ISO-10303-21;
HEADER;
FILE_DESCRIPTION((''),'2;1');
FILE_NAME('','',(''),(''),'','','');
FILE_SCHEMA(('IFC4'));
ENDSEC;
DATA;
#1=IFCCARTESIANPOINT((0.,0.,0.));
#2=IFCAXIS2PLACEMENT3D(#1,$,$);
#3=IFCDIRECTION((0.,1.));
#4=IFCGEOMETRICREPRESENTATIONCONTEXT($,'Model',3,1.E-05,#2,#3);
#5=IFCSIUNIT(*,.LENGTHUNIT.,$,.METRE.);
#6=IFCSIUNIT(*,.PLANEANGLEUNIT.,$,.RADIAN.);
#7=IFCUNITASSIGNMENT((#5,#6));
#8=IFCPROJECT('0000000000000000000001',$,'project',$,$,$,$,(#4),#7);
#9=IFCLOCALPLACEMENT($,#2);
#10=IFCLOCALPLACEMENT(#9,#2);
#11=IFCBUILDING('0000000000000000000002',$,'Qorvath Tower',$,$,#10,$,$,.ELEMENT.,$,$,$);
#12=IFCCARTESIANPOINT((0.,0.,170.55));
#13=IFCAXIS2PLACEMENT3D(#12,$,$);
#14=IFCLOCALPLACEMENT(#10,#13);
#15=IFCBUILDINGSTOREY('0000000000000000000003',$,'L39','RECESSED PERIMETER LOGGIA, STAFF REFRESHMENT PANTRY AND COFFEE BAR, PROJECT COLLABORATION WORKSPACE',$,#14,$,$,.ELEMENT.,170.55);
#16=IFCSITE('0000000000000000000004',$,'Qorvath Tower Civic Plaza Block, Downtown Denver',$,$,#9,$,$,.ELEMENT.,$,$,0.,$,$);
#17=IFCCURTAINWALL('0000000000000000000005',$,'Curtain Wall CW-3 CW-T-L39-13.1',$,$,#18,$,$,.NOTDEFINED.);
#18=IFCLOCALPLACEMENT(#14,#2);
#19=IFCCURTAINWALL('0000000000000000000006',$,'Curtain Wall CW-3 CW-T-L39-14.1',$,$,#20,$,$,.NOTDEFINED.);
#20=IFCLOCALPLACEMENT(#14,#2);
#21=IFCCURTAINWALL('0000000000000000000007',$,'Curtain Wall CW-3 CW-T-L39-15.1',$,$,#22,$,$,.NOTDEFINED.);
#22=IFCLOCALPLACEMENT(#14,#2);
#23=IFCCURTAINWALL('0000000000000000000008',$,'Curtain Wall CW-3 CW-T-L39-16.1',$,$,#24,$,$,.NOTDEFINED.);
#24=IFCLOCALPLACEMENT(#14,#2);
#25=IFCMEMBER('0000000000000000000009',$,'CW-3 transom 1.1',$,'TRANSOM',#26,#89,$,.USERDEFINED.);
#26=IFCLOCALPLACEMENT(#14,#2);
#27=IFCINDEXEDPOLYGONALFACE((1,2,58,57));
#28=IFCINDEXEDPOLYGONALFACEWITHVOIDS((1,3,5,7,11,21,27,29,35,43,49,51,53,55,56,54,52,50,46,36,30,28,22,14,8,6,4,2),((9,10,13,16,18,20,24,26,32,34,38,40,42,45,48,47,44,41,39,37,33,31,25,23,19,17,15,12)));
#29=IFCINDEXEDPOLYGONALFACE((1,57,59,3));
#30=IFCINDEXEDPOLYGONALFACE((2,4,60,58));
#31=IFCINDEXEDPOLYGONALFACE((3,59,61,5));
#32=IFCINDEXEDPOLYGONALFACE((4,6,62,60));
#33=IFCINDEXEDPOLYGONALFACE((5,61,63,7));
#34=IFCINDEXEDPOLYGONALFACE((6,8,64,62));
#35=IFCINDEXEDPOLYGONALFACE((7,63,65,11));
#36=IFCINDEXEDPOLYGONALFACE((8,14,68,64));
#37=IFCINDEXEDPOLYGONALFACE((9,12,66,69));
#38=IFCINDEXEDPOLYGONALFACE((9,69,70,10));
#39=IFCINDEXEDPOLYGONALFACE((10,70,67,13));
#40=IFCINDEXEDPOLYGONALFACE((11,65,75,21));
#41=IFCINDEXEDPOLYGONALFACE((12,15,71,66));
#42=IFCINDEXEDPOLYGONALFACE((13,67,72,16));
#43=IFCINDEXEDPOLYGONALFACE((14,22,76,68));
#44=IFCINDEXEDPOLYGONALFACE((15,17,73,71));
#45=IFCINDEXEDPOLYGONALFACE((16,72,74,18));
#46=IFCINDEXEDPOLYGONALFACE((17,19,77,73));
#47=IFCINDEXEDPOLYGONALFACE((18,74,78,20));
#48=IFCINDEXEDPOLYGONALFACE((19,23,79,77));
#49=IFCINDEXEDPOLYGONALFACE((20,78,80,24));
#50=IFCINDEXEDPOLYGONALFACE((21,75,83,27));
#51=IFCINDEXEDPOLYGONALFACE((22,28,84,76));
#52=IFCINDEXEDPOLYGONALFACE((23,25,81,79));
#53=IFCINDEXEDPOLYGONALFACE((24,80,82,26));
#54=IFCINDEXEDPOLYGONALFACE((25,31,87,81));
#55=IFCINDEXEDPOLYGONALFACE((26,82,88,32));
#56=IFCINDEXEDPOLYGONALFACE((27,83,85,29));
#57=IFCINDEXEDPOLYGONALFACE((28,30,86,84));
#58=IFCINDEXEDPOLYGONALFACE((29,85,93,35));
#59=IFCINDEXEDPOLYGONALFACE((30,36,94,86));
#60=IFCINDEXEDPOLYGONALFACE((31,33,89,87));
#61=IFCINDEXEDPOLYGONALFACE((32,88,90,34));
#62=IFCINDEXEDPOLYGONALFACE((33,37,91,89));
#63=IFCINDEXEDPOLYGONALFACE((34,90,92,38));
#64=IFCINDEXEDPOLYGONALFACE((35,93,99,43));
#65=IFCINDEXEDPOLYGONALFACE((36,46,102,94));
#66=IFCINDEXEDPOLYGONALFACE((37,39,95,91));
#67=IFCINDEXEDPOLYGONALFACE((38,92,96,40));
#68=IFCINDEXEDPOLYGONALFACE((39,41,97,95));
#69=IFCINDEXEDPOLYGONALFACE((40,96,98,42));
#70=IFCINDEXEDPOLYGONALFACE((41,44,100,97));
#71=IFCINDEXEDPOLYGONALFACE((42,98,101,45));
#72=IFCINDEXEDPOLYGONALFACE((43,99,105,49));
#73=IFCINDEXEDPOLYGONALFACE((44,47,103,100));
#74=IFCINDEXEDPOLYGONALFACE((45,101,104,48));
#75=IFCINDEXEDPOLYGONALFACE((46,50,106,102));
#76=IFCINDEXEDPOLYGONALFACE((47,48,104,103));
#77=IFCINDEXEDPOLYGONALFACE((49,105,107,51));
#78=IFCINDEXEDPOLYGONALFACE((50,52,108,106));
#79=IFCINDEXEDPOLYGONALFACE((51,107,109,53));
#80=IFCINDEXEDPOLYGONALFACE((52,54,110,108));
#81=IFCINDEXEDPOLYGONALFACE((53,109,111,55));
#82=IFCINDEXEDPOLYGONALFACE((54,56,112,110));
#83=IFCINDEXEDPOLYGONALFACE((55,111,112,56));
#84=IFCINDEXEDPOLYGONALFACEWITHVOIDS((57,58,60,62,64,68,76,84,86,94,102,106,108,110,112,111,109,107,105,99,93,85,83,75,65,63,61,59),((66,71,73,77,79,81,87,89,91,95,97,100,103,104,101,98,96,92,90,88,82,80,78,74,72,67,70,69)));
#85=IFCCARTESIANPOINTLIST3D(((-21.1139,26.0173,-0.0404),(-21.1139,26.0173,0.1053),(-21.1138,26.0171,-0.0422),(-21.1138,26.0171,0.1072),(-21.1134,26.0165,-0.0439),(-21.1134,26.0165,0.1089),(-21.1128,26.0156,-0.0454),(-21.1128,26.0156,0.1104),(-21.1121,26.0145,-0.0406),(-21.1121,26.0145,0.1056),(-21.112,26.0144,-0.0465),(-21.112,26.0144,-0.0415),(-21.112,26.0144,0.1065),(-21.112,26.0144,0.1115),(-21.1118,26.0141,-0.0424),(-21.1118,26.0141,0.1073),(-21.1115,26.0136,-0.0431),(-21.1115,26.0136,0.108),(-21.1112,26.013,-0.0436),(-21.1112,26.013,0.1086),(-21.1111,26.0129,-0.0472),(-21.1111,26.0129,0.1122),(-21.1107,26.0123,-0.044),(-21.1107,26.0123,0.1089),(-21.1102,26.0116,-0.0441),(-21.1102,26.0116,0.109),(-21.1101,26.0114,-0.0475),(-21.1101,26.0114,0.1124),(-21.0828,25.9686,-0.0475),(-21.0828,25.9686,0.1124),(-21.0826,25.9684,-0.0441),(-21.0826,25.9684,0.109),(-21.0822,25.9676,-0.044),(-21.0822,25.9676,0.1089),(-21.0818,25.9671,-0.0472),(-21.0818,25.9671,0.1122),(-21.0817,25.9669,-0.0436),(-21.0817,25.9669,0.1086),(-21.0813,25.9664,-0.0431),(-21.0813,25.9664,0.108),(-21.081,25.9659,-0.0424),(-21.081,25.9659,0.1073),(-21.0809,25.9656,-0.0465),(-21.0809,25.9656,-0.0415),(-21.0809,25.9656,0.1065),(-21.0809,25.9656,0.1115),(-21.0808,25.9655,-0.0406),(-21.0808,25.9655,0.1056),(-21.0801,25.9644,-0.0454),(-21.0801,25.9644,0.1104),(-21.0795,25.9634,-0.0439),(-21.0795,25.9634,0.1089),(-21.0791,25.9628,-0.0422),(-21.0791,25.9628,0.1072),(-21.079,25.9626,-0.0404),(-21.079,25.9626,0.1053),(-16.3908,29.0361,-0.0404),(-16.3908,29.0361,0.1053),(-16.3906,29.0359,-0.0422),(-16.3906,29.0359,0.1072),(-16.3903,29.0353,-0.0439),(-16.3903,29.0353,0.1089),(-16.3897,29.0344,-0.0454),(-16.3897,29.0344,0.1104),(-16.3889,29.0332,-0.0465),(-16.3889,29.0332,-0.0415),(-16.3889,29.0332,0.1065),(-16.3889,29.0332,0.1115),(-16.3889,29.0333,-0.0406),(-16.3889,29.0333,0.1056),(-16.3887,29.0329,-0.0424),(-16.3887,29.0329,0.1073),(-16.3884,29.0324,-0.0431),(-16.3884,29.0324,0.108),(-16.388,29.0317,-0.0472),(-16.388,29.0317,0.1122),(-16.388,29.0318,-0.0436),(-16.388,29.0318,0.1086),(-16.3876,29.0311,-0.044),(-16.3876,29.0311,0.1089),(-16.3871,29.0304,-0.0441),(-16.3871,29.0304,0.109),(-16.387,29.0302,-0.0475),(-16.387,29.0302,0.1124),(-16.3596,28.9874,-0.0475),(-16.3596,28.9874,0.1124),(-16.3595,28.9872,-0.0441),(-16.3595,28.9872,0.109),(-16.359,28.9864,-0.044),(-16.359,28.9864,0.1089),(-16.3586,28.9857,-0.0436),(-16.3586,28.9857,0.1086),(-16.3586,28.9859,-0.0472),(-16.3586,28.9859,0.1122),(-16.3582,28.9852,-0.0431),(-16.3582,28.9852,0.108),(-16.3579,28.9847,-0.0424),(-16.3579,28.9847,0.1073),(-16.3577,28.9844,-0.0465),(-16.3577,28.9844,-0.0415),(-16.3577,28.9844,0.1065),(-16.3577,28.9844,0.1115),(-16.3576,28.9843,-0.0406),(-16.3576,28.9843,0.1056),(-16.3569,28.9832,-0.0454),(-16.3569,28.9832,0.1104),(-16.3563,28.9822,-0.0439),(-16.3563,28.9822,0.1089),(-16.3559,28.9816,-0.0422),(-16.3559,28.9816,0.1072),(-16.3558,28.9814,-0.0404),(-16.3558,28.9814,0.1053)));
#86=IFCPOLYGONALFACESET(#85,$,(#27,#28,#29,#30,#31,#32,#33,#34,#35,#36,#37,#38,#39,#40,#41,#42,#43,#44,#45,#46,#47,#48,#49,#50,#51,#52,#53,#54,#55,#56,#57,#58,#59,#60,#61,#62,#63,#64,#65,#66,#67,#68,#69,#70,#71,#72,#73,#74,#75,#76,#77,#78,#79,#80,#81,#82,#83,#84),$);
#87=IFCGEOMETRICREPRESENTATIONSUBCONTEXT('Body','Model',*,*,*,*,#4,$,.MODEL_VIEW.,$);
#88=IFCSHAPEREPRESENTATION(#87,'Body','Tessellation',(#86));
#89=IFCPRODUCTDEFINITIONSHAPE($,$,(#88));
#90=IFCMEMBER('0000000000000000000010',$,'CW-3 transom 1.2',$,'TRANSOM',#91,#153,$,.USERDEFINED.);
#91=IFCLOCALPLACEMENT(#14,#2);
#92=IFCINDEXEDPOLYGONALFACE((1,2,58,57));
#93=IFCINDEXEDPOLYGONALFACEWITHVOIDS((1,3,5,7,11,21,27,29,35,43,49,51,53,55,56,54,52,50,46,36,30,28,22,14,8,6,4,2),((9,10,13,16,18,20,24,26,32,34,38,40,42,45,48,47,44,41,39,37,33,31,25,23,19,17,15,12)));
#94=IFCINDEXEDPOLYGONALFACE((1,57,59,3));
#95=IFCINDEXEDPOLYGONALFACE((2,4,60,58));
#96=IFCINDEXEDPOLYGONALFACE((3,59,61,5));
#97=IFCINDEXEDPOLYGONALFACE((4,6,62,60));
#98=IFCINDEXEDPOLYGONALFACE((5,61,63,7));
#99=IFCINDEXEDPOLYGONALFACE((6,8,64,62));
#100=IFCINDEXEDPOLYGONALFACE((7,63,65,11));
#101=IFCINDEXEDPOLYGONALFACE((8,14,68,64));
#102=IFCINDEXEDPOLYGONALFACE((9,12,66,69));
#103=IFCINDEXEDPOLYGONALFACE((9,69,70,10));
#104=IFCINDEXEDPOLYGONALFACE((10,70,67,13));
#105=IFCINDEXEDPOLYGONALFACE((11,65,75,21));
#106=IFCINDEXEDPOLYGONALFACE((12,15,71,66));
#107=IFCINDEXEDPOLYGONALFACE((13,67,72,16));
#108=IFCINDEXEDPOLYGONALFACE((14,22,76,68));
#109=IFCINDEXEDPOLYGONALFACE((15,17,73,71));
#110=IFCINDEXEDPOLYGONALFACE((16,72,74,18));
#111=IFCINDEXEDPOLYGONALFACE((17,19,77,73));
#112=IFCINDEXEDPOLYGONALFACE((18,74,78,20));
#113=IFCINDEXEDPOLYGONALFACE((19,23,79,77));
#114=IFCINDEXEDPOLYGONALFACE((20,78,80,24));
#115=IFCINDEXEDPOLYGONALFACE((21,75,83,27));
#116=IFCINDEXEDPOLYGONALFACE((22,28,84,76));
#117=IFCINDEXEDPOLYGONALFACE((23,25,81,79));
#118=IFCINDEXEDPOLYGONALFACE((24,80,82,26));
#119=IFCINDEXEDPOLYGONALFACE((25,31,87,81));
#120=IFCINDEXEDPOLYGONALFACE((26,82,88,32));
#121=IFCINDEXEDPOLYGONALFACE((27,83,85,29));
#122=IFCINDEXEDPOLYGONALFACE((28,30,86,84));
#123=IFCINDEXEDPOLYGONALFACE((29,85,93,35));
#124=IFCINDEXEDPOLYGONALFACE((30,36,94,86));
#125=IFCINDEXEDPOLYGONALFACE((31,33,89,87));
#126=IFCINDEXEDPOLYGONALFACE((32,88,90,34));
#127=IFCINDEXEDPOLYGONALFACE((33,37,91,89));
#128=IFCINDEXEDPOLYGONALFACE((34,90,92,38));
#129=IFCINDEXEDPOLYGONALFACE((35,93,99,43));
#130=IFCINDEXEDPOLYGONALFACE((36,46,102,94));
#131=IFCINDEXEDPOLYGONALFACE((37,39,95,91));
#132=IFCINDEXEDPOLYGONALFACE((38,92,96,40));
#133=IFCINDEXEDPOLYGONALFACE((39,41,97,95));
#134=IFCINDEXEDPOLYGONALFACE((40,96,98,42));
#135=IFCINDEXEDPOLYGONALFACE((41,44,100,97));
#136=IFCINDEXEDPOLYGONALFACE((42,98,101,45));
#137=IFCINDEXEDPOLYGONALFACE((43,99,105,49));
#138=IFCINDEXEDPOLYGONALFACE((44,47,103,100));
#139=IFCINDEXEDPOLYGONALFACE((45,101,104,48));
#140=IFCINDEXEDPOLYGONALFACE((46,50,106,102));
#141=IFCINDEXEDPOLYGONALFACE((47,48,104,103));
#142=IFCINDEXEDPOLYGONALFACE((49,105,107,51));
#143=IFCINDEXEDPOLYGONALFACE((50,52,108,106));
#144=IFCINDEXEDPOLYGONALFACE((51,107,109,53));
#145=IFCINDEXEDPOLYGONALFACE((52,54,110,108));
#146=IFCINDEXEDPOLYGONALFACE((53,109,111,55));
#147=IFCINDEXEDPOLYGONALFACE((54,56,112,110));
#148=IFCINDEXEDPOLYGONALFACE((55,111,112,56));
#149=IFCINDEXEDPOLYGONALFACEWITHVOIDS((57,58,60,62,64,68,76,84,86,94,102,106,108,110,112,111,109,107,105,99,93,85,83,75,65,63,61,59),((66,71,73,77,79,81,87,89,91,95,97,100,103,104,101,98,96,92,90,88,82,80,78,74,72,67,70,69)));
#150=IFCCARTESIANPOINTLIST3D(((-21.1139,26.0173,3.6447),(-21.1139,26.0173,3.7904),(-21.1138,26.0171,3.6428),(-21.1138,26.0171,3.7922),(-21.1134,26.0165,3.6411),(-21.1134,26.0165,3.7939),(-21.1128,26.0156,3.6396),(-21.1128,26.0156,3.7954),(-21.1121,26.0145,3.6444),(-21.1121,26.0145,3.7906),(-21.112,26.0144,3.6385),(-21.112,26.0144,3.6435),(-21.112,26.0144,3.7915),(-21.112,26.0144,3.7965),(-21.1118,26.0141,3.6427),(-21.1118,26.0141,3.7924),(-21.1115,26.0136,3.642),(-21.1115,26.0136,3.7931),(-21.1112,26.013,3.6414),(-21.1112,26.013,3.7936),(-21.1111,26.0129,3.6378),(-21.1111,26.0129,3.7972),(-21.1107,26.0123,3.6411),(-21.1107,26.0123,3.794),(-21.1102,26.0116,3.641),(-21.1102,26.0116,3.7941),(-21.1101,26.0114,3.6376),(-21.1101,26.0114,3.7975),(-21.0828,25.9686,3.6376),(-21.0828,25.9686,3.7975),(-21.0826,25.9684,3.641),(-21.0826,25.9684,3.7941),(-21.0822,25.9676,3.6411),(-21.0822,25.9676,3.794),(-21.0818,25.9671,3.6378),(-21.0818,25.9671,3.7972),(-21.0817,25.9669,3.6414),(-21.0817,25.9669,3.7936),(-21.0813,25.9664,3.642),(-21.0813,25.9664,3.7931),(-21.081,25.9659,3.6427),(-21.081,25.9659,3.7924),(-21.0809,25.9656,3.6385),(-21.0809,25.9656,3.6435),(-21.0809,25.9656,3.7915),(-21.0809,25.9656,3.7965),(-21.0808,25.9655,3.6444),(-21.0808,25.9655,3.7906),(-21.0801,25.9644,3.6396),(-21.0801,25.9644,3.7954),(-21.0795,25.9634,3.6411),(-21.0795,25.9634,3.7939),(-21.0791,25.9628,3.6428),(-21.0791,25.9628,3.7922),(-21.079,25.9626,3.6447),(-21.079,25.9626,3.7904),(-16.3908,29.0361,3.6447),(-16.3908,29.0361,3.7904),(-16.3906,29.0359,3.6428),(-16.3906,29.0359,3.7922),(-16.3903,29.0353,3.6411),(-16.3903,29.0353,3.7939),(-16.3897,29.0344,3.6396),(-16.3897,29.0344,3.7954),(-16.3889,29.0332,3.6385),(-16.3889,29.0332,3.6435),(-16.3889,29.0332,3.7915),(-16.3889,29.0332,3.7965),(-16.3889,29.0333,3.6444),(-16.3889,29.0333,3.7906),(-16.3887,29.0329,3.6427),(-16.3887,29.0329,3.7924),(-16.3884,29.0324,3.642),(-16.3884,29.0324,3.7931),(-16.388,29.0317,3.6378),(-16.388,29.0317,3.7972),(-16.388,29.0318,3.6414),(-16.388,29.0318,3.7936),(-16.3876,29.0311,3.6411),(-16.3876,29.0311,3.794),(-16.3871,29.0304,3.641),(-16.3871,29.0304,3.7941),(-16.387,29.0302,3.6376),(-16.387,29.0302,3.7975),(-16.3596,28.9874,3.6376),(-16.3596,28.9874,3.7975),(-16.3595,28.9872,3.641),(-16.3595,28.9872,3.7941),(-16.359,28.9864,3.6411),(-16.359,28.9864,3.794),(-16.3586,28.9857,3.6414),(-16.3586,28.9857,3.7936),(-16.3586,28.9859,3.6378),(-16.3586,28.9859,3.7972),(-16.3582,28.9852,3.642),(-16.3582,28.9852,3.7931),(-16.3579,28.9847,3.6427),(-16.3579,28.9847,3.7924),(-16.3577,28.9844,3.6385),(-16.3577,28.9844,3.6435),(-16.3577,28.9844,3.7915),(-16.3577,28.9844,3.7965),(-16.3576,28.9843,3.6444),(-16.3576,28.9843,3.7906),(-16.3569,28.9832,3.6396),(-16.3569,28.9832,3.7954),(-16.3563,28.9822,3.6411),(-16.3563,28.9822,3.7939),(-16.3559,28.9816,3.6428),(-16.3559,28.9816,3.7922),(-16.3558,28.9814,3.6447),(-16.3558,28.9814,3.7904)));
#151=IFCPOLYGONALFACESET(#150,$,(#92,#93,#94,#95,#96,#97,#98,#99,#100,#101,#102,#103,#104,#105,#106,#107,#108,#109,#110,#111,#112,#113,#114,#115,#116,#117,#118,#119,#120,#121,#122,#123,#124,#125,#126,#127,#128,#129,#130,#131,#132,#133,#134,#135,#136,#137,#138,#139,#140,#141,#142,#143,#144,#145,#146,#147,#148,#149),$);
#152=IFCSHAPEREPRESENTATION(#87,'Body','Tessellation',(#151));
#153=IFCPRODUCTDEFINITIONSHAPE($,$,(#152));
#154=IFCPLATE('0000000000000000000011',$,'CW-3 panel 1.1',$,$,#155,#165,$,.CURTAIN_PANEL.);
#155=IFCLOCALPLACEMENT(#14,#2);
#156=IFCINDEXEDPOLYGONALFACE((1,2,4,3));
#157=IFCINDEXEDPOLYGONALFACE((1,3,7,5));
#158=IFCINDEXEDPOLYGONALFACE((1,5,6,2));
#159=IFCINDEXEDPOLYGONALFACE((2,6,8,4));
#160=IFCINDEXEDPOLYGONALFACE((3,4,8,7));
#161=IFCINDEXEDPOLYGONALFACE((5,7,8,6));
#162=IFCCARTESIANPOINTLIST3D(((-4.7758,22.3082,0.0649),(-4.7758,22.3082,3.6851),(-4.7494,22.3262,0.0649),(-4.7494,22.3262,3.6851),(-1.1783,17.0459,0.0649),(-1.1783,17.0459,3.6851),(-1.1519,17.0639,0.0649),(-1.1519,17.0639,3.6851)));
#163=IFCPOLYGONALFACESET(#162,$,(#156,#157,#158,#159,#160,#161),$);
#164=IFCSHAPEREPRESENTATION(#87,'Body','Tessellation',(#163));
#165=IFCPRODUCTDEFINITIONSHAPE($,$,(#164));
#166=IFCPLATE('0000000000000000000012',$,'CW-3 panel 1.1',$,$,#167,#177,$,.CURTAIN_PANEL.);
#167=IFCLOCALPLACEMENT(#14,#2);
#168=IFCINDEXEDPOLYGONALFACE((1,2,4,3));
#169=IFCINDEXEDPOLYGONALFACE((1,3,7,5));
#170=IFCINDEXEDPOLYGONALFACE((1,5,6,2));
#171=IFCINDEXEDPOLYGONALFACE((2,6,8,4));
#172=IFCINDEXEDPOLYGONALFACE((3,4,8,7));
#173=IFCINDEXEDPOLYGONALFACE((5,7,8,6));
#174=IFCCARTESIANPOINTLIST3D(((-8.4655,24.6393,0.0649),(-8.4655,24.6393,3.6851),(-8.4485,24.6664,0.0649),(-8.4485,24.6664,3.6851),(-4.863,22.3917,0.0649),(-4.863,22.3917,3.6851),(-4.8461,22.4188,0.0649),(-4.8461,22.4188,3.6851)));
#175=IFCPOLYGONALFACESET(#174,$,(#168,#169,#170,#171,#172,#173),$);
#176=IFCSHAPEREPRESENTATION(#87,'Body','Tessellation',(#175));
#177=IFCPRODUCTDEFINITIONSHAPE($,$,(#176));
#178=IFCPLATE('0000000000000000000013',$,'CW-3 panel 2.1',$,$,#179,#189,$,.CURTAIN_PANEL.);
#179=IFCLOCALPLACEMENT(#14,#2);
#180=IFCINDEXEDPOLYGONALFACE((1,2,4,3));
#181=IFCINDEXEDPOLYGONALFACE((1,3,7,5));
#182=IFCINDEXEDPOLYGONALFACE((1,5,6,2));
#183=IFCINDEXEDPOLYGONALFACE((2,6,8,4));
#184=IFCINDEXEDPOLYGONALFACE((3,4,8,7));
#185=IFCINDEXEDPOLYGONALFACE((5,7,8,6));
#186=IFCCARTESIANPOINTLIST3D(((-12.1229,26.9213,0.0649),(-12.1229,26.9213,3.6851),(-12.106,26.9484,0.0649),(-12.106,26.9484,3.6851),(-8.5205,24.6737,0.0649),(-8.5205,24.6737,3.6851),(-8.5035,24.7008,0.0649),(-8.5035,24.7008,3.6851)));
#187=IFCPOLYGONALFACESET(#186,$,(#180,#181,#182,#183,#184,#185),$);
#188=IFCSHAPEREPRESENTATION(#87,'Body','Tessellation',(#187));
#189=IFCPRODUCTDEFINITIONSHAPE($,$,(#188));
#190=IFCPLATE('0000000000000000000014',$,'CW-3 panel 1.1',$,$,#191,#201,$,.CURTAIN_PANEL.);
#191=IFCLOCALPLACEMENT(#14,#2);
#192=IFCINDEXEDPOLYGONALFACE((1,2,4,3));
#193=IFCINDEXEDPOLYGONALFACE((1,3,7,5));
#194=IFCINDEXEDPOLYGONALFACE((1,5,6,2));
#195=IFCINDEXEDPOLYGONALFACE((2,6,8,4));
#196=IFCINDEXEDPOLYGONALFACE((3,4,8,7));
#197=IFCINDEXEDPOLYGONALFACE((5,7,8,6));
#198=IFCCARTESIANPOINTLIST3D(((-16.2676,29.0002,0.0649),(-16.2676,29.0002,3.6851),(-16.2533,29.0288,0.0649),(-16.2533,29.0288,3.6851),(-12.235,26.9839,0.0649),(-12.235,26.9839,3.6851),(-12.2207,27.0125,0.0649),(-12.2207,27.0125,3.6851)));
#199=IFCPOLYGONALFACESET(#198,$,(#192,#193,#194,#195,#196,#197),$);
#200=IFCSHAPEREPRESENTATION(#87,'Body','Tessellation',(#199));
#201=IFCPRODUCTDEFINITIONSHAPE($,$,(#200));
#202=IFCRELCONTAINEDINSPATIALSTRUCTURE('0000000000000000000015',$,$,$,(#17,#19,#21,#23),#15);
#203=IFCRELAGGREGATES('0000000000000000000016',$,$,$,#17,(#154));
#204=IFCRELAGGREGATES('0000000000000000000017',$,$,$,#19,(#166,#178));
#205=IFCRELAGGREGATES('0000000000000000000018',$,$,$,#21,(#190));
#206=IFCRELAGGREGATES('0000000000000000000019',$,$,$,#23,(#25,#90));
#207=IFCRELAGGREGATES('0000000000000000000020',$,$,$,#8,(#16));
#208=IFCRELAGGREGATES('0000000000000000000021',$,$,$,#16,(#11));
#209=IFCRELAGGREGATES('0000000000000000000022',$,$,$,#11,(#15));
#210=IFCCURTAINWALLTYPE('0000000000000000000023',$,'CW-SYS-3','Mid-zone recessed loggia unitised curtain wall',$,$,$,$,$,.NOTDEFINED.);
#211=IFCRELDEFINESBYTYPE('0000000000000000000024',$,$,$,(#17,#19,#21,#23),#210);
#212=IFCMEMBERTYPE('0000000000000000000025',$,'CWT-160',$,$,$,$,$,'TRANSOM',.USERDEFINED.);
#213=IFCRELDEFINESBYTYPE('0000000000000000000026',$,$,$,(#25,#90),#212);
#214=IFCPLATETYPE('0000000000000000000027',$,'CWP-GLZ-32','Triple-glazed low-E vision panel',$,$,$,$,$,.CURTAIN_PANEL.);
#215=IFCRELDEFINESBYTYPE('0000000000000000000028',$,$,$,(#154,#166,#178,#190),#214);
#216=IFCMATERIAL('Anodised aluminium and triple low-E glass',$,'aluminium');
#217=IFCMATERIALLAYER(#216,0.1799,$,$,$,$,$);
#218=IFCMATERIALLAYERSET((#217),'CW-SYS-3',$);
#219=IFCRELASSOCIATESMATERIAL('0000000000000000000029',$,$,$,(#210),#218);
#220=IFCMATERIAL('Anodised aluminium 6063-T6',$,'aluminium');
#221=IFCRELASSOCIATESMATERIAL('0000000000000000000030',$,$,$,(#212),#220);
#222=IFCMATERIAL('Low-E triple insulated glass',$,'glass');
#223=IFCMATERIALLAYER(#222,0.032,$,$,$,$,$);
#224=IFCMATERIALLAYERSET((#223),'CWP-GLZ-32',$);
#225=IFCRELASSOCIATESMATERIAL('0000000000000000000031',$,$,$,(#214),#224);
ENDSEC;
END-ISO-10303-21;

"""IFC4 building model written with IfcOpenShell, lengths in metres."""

from ifc_helpers import new_model, si_unit, direction, frame, origin, origin_2d, place, context, subcontext, project, spatial, rectangle, hollow_rectangle, extrude, material, layer, layer_set, material_profile, profile_set, type_object, element, aggregate, save


model = new_model("IFC4")

# Units and contexts
model_context = context("Model", 3, precision=1e-05, world=origin(), true_north=direction((0.0, 1.0)))
body_context = subcontext(model_context, "Body", "Model", "MODEL_VIEW")
ifc_project = project(units=[si_unit("LENGTHUNIT", "METRE"), si_unit("PLANEANGLEUNIT", "RADIAN")], contexts=[model_context])

# Site, building, storey
site_placement = place(None, origin())
site = spatial("IfcSite", under=ifc_project, at=site_placement, Name="Qorvath Tower Civic Plaza Block, Downtown Denver", CompositionType="ELEMENT", RefElevation=0.0)
building_placement = place(site_placement, origin())
building = spatial("IfcBuilding", under=site, at=building_placement, Name="Qorvath Tower", CompositionType="ELEMENT")
storey_placement = place(building_placement, frame((0.0, 0.0, 170.55)))
storey = spatial("IfcBuildingStorey", under=building, at=storey_placement, Name="L39", Description="RECESSED PERIMETER LOGGIA, STAFF REFRESHMENT PANTRY AND COFFEE BAR, PROJECT COLLABORATION WORKSPACE", CompositionType="ELEMENT", Elevation=170.55)

# Curtain wall
ifc_material_1 = material(Name="Anodised aluminium and triple low-E glass", Category="aluminium")
ifc_layer_1 = layer(ifc_material_1, 0.1799)
ifc_layer_set_1 = layer_set([ifc_layer_1], Name="CW-SYS-3")
curtain_wall_type = type_object("IfcCurtainWallType", Name="CW-SYS-3", Description="Mid-zone recessed loggia unitised curtain wall", PredefinedType="NOTDEFINED", material=ifc_layer_set_1)
curtain_wall_1_placement = place(storey_placement, origin())
curtain_wall_1 = element("IfcCurtainWall", 1, at=curtain_wall_1_placement, inside=storey, type_object=curtain_wall_type, Name="Curtain Wall CW-3 CW-T-L39-13.1", PredefinedType="NOTDEFINED")

# Curtain walls
curtain_wall_2_placement = place(storey_placement, origin())
curtain_wall_2 = element("IfcCurtainWall", 2, at=curtain_wall_2_placement, inside=storey, type_object=curtain_wall_type, Name="Curtain Wall CW-3 CW-T-L39-14.1", PredefinedType="NOTDEFINED")
curtain_wall_3_placement = place(storey_placement, origin())
curtain_wall_3 = element("IfcCurtainWall", 3, at=curtain_wall_3_placement, inside=storey, type_object=curtain_wall_type, Name="Curtain Wall CW-3 CW-T-L39-15.1", PredefinedType="NOTDEFINED")

# Curtain wall
curtain_wall_4_placement = place(storey_placement, origin())
curtain_wall_4 = element("IfcCurtainWall", 4, at=curtain_wall_4_placement, inside=storey, type_object=curtain_wall_type, Name="Curtain Wall CW-3 CW-T-L39-16.1", PredefinedType="NOTDEFINED")

# Members
ifc_material_2 = material(Name="Anodised aluminium 6063-T6", Category="aluminium")
ifc_material_profile_1 = material_profile(ifc_material_2, hollow_rectangle(XDim=0.0649, YDim=0.1599, WallThickness=0.0034, InnerFilletRadius=0.0034, OuterFilletRadius=0.0071, at=origin_2d()), Name="CWT 160x65")
ifc_profile_set_1 = profile_set([ifc_material_profile_1], Name="Anodised aluminium 6063-T6")
member_type_1 = type_object("IfcMemberType", Name="CWT-160", ElementType="TRANSOM", PredefinedType="USERDEFINED", material=ifc_profile_set_1)
member_1_placement = place(storey_placement, frame((-16.3733, 29.0088, 0.0325), z_axis=(-0.842596, -0.538546, 0.0), x_axis=(0.538546, -0.842596, 0.0)))
member_1 = element("IfcMember", 5, at=member_1_placement, type_object=member_type_1, Name="CW-3 transom 1.1", ObjectType="TRANSOM", PredefinedType="USERDEFINED", context=body_context, shape_type="SweptSolid", body=[
    extrude(hollow_rectangle(XDim=0.0649, YDim=0.1599, WallThickness=0.0034, InnerFilletRadius=0.0034, OuterFilletRadius=0.0071, at=origin_2d()), origin(), (0.0, 0.0, 1.0), 5.6055),
])
member_2_placement = place(storey_placement, frame((-16.3733, 29.0088, 3.7175), z_axis=(-0.842596, -0.538546, 0.0), x_axis=(0.538546, -0.842596, 0.0)))
member_2 = element("IfcMember", 6, at=member_2_placement, type_object=member_type_1, Name="CW-3 transom 1.2", ObjectType="TRANSOM", PredefinedType="USERDEFINED", context=body_context, shape_type="SweptSolid", body=[
    extrude(hollow_rectangle(XDim=0.0649, YDim=0.1599, WallThickness=0.0034, InnerFilletRadius=0.0034, OuterFilletRadius=0.0071, at=origin_2d()), origin(), (0.0, 0.0, 1.0), 5.6055),
])

# Plates
ifc_material_3 = material(Name="Low-E triple insulated glass", Category="glass")
ifc_layer_2 = layer(ifc_material_3, 0.032)
ifc_layer_set_2 = layer_set([ifc_layer_2], Name="CWP-GLZ-32")
plate_type = type_object("IfcPlateType", Name="CWP-GLZ-32", Description="Triple-glazed low-E vision panel", PredefinedType="CURTAIN_PANEL", material=ifc_layer_set_2)
plate_1_placement = place(storey_placement, frame((-2.9639, 19.686, 0.0649), z_axis=(0.0, 0.0, 1.0), x_axis=(-0.564366, 0.825525, 0.0)))
plate_1 = element("IfcPlate", 7, at=plate_1_placement, type_object=plate_type, Name="CW-3 panel 1.1", PredefinedType="CURTAIN_PANEL", context=body_context, shape_type="SweptSolid", body=[
    extrude(rectangle(XDim=6.3745, YDim=0.032, at=origin_2d()), origin(), (0.0, 0.0, 1.0), 3.6201),
])
aggregate(curtain_wall_1, [plate_1])
plate_2_placement = place(storey_placement, frame((-6.6558, 23.5291, 0.0649), z_axis=(0.0, 0.0, 1.0), x_axis=(-0.848417, 0.529328, 0.0)))
plate_2 = element("IfcPlate", 8, at=plate_2_placement, type_object=plate_type, Name="CW-3 panel 1.1", PredefinedType="CURTAIN_PANEL", context=body_context, shape_type="SweptSolid", body=[
    extrude(rectangle(XDim=4.2461, YDim=0.032, at=origin_2d()), origin(), (0.0, 0.0, 1.0), 3.6201),
])
plate_3_placement = place(storey_placement, frame((-10.3132, 25.811, 0.0649), z_axis=(0.0, 0.0, 1.0), x_axis=(-0.848417, 0.529328, 0.0)))
plate_3 = element("IfcPlate", 9, at=plate_3_placement, type_object=plate_type, Name="CW-3 panel 2.1", PredefinedType="CURTAIN_PANEL", context=body_context, shape_type="SweptSolid", body=[
    extrude(rectangle(XDim=4.2461, YDim=0.032, at=origin_2d()), origin(), (0.0, 0.0, 1.0), 3.6201),
])
aggregate(curtain_wall_2, [plate_2, plate_3])
plate_4_placement = place(storey_placement, frame((-14.2441, 28.0063, 0.0649), z_axis=(0.0, 0.0, 1.0), x_axis=(-0.894423, 0.447222, 0.0)))
plate_4 = element("IfcPlate", 10, at=plate_4_placement, type_object=plate_type, Name="CW-3 panel 1.1", PredefinedType="CURTAIN_PANEL", context=body_context, shape_type="SweptSolid", body=[
    extrude(rectangle(XDim=4.5085, YDim=0.032, at=origin_2d()), origin(), (0.0, 0.0, 1.0), 3.6201),
])
aggregate(curtain_wall_3, [plate_4])
aggregate(curtain_wall_4, [member_1, member_2])

save(model, "model.ifc")
